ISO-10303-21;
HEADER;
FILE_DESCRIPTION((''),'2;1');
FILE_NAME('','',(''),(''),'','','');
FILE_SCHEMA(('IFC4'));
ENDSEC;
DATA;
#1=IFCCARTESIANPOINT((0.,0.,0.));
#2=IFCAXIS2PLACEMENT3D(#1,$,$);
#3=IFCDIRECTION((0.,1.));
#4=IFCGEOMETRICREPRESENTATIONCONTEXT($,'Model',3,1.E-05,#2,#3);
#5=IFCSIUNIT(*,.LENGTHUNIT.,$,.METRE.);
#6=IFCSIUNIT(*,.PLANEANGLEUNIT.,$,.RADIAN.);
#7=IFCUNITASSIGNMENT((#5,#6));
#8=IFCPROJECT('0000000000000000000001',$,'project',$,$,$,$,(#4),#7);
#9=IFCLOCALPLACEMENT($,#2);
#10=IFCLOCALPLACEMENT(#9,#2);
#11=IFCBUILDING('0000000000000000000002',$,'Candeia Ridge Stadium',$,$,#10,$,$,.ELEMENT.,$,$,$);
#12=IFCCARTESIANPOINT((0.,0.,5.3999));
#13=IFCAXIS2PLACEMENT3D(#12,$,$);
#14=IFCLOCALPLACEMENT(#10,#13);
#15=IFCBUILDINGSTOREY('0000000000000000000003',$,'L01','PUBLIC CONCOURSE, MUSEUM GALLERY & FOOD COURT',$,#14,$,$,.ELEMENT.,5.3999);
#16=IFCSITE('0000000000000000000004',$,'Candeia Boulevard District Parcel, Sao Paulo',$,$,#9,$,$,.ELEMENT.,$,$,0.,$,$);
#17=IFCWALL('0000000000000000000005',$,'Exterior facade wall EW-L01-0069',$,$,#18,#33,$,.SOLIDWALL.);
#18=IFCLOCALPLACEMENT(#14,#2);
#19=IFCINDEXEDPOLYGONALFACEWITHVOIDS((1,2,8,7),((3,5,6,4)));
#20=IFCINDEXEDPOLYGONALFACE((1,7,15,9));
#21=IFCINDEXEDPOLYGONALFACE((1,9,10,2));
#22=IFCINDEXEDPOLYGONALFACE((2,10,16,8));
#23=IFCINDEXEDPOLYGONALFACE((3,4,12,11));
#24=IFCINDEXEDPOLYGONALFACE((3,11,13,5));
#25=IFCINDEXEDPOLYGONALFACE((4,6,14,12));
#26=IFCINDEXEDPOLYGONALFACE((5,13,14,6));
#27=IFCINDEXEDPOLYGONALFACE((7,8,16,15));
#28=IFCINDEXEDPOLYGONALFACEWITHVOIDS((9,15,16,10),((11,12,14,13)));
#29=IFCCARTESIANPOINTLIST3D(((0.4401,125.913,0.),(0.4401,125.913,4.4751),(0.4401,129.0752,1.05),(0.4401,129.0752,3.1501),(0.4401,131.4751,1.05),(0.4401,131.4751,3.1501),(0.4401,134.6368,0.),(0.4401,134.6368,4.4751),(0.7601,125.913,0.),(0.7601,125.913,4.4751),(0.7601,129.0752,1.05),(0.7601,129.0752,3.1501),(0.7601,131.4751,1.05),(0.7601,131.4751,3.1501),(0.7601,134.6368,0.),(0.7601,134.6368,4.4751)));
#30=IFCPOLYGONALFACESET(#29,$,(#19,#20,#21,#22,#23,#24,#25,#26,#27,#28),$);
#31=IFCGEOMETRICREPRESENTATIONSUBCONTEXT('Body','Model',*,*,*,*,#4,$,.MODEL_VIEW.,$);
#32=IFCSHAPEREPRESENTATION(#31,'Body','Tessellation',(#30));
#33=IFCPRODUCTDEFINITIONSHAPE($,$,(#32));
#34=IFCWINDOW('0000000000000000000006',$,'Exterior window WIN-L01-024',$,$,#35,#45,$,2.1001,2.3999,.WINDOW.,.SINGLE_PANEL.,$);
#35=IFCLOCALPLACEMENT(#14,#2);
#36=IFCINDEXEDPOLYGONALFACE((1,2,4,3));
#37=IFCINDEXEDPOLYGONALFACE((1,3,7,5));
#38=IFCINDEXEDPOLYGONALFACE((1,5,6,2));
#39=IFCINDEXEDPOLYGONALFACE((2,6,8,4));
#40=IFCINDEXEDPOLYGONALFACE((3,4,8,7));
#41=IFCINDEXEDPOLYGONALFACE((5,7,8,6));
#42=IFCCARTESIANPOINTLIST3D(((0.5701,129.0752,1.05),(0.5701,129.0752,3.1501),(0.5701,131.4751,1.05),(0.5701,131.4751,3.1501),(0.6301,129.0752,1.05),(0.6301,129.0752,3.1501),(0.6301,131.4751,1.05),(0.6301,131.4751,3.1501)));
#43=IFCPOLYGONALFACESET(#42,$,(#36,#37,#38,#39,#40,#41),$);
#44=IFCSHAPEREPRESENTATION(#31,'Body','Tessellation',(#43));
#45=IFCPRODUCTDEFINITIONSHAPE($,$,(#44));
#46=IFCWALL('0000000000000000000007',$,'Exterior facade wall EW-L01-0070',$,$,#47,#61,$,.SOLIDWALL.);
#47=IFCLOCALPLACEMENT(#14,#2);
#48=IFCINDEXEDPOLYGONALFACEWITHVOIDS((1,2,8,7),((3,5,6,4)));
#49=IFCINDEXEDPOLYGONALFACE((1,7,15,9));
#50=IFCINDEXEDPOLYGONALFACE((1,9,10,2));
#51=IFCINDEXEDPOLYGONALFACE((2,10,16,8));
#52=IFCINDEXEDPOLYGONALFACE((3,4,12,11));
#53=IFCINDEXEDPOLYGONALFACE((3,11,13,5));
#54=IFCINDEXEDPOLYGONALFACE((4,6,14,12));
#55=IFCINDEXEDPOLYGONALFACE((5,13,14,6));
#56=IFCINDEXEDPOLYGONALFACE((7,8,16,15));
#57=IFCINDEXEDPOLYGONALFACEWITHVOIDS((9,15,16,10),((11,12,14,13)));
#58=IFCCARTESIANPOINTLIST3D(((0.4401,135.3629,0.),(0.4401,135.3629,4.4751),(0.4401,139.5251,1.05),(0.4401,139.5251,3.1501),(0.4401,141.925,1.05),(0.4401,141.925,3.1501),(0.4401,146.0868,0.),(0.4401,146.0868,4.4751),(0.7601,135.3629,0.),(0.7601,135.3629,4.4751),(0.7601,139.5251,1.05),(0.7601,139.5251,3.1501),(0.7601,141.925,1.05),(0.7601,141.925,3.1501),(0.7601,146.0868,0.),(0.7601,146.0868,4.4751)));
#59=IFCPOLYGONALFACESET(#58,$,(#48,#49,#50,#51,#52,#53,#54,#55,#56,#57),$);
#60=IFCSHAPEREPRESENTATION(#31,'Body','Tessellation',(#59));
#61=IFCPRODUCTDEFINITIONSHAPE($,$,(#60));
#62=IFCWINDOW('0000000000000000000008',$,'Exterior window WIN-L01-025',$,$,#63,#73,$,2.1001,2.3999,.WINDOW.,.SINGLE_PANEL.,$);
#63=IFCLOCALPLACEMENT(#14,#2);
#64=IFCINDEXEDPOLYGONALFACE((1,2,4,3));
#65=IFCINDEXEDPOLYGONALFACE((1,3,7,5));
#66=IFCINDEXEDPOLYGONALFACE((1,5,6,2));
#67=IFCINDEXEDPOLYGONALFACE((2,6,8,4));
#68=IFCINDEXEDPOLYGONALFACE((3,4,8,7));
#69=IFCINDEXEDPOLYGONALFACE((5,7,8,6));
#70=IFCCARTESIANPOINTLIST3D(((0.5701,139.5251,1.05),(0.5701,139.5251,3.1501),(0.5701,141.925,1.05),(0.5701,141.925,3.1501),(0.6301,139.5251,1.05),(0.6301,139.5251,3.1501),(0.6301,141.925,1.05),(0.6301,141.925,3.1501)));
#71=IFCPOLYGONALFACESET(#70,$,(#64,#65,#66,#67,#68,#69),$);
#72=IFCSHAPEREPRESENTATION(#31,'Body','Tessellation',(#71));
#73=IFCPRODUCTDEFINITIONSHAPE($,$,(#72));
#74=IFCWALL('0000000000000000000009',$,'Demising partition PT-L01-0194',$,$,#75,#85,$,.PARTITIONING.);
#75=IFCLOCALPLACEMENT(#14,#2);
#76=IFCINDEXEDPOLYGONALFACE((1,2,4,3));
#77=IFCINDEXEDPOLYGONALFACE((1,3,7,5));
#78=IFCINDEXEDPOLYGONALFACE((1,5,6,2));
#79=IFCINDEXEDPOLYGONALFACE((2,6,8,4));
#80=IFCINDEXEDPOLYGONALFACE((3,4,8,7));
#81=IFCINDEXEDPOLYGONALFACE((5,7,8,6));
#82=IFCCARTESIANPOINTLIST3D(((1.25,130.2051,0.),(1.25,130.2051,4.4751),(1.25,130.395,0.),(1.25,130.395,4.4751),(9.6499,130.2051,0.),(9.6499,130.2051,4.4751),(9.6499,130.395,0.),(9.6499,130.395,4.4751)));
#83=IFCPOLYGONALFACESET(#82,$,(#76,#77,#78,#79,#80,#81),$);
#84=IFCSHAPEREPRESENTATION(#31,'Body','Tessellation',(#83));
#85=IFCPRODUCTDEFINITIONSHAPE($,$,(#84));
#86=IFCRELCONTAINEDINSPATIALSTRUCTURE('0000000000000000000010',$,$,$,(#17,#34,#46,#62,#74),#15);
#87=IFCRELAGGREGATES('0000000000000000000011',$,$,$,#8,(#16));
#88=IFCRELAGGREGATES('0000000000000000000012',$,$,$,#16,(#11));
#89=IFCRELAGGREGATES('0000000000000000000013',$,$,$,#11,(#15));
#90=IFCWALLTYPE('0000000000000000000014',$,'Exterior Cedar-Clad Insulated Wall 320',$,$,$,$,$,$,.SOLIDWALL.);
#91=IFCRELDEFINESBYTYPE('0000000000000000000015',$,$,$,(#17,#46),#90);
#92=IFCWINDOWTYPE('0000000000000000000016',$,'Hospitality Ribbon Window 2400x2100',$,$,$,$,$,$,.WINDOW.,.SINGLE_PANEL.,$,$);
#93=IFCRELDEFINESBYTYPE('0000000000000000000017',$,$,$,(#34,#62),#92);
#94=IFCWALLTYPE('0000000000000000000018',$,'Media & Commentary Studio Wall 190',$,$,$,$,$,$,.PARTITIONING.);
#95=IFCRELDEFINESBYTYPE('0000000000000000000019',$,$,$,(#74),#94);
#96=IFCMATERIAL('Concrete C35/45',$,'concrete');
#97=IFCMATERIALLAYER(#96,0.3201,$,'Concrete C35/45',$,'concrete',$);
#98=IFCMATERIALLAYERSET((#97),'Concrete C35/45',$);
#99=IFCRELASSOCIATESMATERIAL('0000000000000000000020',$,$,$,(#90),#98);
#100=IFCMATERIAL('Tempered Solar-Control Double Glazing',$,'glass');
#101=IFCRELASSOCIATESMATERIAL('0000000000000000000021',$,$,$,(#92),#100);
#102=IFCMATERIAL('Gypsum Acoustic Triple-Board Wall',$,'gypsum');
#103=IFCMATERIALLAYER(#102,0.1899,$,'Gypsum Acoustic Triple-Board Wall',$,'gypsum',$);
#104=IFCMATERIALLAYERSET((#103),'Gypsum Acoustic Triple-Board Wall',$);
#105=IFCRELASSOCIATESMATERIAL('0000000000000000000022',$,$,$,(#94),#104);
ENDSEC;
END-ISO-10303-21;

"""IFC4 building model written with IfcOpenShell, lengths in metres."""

from ifc_helpers import new_model, si_unit, direction, frame, frame_2d, origin, place, context, subcontext, project, spatial, rectangle, extrude, material, layer, layer_set, type_object, element, fill, save


model = new_model("IFC4")

# Units and contexts
model_context = context("Model", 3, precision=1e-05, world=origin(), true_north=direction((0.0, 1.0)))
body_context = subcontext(model_context, "Body", "Model", "MODEL_VIEW")
ifc_project = project(units=[si_unit("LENGTHUNIT", "METRE"), si_unit("PLANEANGLEUNIT", "RADIAN")], contexts=[model_context])

# Site, building, storey
site_placement = place(None, origin())
site = spatial("IfcSite", under=ifc_project, at=site_placement, Name="Candeia Boulevard District Parcel, Sao Paulo", CompositionType="ELEMENT", RefElevation=0.0)
building_placement = place(site_placement, origin())
building = spatial("IfcBuilding", under=site, at=building_placement, Name="Candeia Ridge Stadium", CompositionType="ELEMENT")
storey_placement = place(building_placement, frame((0.0, 0.0, 5.3999)))
storey = spatial("IfcBuildingStorey", under=building, at=storey_placement, Name="L01", Description="PUBLIC CONCOURSE, MUSEUM GALLERY & FOOD COURT", CompositionType="ELEMENT", Elevation=5.3999)

# Walls, openings, windows
ifc_material_1 = material(Name="Concrete C35/45", Category="concrete")
ifc_layer_1 = layer(ifc_material_1, 0.3201, Name="Concrete C35/45", Category="concrete")
ifc_layer_set_1 = layer_set([ifc_layer_1], Name="Concrete C35/45")
wall_type_1 = type_object("IfcWallType", Name="Exterior Cedar-Clad Insulated Wall 320", PredefinedType="SOLIDWALL", material=ifc_layer_set_1)
wall_1_placement = place(storey_placement, frame((0.6001, 125.9131, 0.0), z_axis=(0.0, 0.0, 1.0), x_axis=(0.0, 1.0, 0.0)))
wall_1 = element("IfcWall", 1, at=wall_1_placement, inside=storey, type_object=wall_type_1, Name="Exterior facade wall EW-L01-0069", PredefinedType="SOLIDWALL", context=body_context, shape_type="SweptSolid", body=[
    extrude(rectangle(XDim=8.7239, YDim=0.3201, at=frame_2d((4.3618, 0.0))), origin(), (0.0, 0.0, 1.0), 4.4751),
])
opening_1_placement = place(wall_1_placement, frame((3.1621, 0.0, 1.05)))
opening_1 = element("IfcOpeningElement", 2, at=opening_1_placement, cuts=wall_1, PredefinedType="OPENING", context=body_context, shape_type="SweptSolid", body=[
    extrude(rectangle(XDim=2.3999, YDim=2.1001, at=frame_2d((1.2, 1.05))), frame((0.0, 0.1699, 0.0), z_axis=(0.0, -1.0, 0.0), x_axis=(1.0, 0.0, 0.0)), (0.0, 0.0, 1.0), 0.3401),
])
ifc_material_2 = material(Name="Tempered Solar-Control Double Glazing", Category="glass")
window_type = type_object("IfcWindowType", Name="Hospitality Ribbon Window 2400x2100", PartitioningType="SINGLE_PANEL", PredefinedType="WINDOW", material=ifc_material_2)
window_1_placement = place(opening_1_placement, origin())
window_1 = element("IfcWindow", 3, at=window_1_placement, inside=storey, type_object=window_type, Name="Exterior window WIN-L01-024", OverallHeight=2.1001, OverallWidth=2.3999, PartitioningType="SINGLE_PANEL", PredefinedType="WINDOW", context=body_context, shape_type="SweptSolid", body=[
    extrude(rectangle(XDim=2.3999, YDim=2.1001, at=frame_2d((1.2, 1.05))), frame((0.0, 0.03, 0.0), z_axis=(0.0, -1.0, 0.0), x_axis=(1.0, 0.0, 0.0)), (0.0, 0.0, 1.0), 0.0601),
])
fill(opening_1, window_1)
wall_2_placement = place(storey_placement, frame((0.6001, 135.363, 0.0), z_axis=(0.0, 0.0, 1.0), x_axis=(0.0, 1.0, 0.0)))
wall_2 = element("IfcWall", 4, at=wall_2_placement, inside=storey, type_object=wall_type_1, Name="Exterior facade wall EW-L01-0070", PredefinedType="SOLIDWALL", context=body_context, shape_type="SweptSolid", body=[
    extrude(rectangle(XDim=10.7239, YDim=0.3201, at=frame_2d((5.3618, 0.0))), origin(), (0.0, 0.0, 1.0), 4.4751),
])
opening_2_placement = place(wall_2_placement, frame((4.1621, 0.0, 1.05)))
opening_2 = element("IfcOpeningElement", 5, at=opening_2_placement, cuts=wall_2, PredefinedType="OPENING", context=body_context, shape_type="SweptSolid", body=[
    extrude(rectangle(XDim=2.3999, YDim=2.1001, at=frame_2d((1.2, 1.05))), frame((0.0, 0.1699, 0.0), z_axis=(0.0, -1.0, 0.0), x_axis=(1.0, 0.0, 0.0)), (0.0, 0.0, 1.0), 0.3401),
])
window_2_placement = place(opening_2_placement, origin())
window_2 = element("IfcWindow", 6, at=window_2_placement, inside=storey, type_object=window_type, Name="Exterior window WIN-L01-025", OverallHeight=2.1001, OverallWidth=2.3999, PartitioningType="SINGLE_PANEL", PredefinedType="WINDOW", context=body_context, shape_type="SweptSolid", body=[
    extrude(rectangle(XDim=2.3999, YDim=2.1001, at=frame_2d((1.2, 1.05))), frame((0.0, 0.03, 0.0), z_axis=(0.0, -1.0, 0.0), x_axis=(1.0, 0.0, 0.0)), (0.0, 0.0, 1.0), 0.0601),
])
fill(opening_2, window_2)

# Wall
ifc_material_3 = material(Name="Gypsum Acoustic Triple-Board Wall", Category="gypsum")
ifc_layer_2 = layer(ifc_material_3, 0.1899, Name="Gypsum Acoustic Triple-Board Wall", Category="gypsum")
ifc_layer_set_2 = layer_set([ifc_layer_2], Name="Gypsum Acoustic Triple-Board Wall")
wall_type_2 = type_object("IfcWallType", Name="Media & Commentary Studio Wall 190", PredefinedType="PARTITIONING", material=ifc_layer_set_2)
wall_3_placement = place(storey_placement, frame((1.25, 130.3, 0.0), z_axis=(0.0, 0.0, 1.0), x_axis=(1.0, 0.0, 0.0)))
element("IfcWall", 7, at=wall_3_placement, inside=storey, type_object=wall_type_2, Name="Demising partition PT-L01-0194", PredefinedType="PARTITIONING", context=body_context, shape_type="SweptSolid", body=[
    extrude(rectangle(XDim=8.3999, YDim=0.1899, at=frame_2d((4.2, 0.0))), origin(), (0.0, 0.0, 1.0), 4.4751),
])

save(model, "model.ifc")
